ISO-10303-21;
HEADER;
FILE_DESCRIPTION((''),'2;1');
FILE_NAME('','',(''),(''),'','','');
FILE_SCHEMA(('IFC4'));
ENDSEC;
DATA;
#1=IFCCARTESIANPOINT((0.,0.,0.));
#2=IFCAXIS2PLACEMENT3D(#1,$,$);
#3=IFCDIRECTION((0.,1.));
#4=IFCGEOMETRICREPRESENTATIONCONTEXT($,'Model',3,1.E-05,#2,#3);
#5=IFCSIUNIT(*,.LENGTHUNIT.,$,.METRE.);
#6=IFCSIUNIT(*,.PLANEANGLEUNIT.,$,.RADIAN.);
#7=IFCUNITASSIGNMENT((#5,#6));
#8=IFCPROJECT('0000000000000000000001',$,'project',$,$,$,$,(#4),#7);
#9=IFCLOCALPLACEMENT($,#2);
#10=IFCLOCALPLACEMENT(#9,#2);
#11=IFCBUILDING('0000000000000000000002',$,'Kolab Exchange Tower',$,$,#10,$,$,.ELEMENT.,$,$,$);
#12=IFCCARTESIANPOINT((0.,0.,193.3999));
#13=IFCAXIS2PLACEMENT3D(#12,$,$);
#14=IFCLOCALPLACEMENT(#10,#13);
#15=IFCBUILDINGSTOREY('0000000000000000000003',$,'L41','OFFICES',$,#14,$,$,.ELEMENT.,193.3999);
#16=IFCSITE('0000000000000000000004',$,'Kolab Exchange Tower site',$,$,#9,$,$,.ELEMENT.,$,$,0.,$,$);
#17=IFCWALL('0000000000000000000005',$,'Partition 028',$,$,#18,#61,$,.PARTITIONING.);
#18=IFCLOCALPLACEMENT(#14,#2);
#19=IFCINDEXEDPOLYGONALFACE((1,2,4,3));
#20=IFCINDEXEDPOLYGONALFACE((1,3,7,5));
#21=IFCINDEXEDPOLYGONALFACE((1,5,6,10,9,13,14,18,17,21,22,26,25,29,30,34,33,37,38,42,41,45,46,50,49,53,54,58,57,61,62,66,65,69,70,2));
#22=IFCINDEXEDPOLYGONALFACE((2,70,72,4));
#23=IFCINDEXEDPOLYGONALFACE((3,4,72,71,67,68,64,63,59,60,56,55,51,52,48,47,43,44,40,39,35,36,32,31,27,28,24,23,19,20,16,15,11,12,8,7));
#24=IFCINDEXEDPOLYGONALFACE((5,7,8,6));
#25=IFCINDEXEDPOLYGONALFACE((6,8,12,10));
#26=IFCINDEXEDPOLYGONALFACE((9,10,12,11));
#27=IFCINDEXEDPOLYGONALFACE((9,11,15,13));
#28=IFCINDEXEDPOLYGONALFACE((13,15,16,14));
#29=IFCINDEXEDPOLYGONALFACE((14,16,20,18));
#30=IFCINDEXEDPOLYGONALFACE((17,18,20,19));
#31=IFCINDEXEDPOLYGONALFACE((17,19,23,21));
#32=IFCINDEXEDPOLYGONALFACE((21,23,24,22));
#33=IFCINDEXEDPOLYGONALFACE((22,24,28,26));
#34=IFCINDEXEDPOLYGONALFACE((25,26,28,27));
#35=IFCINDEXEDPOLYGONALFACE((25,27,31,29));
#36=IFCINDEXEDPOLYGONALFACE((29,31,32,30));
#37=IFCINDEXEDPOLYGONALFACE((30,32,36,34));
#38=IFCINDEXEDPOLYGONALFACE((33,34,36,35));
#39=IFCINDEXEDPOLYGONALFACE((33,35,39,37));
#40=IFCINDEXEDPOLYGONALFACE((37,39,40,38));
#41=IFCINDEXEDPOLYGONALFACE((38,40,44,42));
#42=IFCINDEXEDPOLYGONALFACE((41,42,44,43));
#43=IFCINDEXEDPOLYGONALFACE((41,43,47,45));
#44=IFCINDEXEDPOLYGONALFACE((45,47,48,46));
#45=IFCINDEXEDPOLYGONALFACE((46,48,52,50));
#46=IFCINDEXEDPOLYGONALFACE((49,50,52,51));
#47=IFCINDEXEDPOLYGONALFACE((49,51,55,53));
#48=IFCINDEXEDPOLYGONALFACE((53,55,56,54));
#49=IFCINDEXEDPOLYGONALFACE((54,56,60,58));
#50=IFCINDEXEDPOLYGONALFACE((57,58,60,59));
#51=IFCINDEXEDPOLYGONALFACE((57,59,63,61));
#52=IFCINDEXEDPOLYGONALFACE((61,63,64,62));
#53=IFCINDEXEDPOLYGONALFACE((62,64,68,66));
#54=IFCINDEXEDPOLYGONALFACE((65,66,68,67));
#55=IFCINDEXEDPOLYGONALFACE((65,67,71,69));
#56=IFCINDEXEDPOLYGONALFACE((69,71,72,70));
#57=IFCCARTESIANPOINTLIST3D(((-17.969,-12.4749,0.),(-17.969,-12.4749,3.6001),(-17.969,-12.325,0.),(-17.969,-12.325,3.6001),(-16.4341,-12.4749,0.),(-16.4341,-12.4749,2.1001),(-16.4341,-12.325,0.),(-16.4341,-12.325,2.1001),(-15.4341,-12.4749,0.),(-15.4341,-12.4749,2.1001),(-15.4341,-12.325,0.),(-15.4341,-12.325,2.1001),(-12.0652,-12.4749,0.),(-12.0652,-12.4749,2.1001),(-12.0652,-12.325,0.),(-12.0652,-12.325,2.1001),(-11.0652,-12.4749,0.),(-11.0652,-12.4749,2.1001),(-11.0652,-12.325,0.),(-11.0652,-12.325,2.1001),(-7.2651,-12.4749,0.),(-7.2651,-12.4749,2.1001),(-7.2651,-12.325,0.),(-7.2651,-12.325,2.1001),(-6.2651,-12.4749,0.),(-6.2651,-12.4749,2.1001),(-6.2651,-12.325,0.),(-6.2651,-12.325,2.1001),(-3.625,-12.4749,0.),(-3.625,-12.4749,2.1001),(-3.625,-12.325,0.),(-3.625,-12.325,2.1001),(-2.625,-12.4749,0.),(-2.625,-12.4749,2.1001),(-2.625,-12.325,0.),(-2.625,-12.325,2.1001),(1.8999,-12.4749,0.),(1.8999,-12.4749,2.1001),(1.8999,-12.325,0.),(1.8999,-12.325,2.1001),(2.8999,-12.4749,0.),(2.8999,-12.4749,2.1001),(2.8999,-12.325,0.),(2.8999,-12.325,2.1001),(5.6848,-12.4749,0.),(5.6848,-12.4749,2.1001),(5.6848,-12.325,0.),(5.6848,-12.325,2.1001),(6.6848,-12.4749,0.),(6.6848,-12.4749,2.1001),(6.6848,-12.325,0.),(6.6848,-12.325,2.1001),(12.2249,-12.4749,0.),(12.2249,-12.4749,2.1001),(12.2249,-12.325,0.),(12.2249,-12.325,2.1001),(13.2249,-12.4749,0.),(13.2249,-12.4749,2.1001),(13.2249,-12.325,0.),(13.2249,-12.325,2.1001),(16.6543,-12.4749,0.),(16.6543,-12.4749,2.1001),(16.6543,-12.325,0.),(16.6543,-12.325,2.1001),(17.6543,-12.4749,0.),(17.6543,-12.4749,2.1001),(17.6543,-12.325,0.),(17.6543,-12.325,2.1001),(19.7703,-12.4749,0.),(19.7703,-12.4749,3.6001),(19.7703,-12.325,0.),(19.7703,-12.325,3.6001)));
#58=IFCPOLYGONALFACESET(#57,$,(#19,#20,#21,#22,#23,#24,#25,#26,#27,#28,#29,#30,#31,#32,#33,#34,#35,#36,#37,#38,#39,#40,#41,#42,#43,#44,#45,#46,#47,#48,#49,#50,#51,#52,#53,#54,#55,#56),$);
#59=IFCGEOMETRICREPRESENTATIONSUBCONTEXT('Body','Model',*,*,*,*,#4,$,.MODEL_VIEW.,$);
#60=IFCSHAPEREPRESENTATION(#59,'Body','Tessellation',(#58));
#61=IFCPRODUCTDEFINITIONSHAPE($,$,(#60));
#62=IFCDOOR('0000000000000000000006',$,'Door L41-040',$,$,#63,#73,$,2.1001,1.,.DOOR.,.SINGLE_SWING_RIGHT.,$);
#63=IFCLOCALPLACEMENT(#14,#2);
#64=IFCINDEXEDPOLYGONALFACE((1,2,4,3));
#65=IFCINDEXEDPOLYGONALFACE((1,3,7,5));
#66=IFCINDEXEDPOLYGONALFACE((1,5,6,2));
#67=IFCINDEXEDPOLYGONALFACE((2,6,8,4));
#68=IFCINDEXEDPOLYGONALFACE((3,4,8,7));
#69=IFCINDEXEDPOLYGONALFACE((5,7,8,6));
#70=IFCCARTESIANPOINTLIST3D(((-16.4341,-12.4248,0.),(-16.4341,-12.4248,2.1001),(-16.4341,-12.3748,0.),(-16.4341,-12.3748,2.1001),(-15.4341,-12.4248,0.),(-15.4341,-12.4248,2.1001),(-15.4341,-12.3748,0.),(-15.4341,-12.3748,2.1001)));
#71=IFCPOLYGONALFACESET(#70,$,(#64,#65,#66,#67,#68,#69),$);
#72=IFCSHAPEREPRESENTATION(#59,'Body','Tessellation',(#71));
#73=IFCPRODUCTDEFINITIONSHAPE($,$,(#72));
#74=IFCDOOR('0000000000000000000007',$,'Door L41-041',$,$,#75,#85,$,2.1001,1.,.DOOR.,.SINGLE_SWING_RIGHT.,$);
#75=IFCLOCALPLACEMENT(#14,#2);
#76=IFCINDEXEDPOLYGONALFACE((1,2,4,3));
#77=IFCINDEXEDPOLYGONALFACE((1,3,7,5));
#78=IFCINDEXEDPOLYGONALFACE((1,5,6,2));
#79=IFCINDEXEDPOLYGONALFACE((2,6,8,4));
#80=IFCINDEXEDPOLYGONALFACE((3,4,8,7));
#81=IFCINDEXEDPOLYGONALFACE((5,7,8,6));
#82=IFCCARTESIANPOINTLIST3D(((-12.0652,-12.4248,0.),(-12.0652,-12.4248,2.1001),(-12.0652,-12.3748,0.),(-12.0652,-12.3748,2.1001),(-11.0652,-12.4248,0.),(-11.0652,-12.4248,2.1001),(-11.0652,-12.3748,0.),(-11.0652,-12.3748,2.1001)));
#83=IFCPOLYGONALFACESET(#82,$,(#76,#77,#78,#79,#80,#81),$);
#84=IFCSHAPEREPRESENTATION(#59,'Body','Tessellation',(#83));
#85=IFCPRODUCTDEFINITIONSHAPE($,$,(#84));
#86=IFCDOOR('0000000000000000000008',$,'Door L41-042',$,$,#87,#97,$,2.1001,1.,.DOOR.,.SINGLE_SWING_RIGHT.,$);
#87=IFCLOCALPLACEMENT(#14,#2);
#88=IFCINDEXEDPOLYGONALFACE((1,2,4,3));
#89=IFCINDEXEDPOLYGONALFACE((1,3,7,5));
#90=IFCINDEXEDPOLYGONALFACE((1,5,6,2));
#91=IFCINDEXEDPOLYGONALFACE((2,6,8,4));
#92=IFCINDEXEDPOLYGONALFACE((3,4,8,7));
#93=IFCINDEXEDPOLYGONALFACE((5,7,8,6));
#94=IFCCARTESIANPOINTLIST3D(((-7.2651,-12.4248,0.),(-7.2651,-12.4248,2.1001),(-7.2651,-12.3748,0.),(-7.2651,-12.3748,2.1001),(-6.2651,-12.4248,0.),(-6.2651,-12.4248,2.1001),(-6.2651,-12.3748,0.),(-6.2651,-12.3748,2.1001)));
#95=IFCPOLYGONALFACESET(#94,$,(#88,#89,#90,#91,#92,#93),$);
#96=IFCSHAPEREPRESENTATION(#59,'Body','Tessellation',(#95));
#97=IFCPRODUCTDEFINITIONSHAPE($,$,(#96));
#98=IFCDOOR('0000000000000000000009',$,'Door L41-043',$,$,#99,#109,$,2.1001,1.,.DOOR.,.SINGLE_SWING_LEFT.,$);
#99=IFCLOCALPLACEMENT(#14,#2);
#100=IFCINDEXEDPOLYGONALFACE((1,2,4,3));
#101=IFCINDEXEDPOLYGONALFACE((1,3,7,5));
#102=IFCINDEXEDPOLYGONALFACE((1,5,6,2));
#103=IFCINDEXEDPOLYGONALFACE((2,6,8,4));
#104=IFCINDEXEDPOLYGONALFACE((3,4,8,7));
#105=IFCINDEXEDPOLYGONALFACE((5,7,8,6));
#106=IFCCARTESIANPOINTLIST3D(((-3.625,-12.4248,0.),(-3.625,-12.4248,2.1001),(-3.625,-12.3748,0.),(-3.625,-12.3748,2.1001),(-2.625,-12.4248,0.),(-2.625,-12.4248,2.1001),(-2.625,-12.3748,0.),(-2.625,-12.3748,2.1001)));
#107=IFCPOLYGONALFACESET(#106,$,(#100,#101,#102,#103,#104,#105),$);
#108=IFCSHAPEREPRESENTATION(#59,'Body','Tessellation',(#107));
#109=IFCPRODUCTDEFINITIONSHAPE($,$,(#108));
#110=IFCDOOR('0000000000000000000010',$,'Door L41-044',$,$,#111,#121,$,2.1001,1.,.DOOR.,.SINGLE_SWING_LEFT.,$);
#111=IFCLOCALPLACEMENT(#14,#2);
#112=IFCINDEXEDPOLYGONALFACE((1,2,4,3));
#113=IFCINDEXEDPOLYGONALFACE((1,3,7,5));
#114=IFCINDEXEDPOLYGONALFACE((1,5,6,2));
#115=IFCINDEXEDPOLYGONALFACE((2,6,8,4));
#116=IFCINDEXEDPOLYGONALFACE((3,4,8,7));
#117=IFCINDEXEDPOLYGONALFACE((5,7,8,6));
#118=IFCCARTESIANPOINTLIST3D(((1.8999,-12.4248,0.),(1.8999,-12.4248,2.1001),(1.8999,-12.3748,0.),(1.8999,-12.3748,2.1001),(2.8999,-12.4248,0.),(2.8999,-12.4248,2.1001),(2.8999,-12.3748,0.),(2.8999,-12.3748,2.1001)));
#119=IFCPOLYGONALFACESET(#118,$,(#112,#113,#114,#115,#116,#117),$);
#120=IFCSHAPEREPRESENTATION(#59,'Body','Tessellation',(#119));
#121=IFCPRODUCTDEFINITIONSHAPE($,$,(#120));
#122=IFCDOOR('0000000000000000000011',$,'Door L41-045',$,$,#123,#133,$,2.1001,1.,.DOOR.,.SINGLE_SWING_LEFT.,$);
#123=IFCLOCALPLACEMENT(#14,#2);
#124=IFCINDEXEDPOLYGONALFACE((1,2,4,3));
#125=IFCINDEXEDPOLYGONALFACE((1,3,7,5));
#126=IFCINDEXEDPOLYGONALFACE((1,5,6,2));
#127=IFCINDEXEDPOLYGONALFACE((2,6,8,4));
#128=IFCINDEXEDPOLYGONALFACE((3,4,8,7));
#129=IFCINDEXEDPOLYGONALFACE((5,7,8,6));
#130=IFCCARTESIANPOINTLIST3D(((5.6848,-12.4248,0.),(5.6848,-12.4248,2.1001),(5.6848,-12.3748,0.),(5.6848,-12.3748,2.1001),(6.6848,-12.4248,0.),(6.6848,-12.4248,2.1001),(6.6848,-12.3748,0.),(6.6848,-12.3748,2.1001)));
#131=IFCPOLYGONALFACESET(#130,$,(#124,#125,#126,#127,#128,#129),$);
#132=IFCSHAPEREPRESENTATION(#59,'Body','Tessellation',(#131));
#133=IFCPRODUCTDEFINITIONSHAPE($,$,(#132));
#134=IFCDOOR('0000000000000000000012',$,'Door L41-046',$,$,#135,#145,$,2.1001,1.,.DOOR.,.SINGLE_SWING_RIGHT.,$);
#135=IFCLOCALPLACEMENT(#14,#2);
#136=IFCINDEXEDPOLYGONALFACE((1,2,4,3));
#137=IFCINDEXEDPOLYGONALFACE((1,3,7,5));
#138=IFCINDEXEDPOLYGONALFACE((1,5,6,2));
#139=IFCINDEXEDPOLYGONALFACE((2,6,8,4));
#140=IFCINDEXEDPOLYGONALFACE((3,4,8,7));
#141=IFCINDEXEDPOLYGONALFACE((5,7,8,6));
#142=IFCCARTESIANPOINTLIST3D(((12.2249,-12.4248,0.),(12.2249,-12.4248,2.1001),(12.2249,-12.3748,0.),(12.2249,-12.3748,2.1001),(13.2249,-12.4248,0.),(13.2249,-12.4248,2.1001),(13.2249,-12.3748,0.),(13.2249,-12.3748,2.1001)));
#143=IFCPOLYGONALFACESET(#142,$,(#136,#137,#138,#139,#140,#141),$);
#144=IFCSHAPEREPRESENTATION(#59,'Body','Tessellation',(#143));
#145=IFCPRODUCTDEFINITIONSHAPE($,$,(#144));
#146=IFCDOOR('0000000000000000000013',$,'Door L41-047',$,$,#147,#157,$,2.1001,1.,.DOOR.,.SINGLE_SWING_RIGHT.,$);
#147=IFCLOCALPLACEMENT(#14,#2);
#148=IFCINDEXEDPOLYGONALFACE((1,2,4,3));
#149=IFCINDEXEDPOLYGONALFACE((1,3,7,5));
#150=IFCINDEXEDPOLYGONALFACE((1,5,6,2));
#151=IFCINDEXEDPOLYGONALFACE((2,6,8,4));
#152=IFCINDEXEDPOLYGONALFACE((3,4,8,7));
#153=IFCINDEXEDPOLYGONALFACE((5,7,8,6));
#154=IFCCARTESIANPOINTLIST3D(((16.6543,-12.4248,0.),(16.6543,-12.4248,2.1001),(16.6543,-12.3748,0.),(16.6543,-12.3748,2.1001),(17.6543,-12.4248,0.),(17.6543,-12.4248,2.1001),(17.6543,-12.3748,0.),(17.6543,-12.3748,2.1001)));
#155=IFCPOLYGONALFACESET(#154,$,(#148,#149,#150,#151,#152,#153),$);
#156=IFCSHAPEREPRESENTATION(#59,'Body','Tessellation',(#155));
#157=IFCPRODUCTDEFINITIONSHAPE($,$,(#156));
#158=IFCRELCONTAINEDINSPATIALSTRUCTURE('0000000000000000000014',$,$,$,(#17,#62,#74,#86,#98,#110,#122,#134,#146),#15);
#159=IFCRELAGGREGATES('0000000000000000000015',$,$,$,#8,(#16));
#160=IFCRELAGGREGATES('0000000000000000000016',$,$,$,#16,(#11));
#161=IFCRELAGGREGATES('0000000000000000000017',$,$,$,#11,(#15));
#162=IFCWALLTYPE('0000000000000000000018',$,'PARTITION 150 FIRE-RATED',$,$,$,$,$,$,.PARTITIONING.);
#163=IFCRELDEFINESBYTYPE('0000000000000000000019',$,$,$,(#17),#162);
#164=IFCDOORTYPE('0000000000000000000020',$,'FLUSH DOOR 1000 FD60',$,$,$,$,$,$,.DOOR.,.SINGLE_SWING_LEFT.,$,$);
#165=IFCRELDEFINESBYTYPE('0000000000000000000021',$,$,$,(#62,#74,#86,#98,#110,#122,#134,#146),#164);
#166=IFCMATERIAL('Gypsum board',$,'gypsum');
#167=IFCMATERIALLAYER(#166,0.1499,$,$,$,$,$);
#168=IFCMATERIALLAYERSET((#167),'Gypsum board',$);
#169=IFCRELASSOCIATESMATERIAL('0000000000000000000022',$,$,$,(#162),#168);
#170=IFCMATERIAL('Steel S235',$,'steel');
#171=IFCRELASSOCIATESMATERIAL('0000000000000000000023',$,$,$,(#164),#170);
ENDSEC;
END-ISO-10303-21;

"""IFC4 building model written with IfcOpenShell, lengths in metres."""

from ifc_helpers import new_model, si_unit, direction, frame, frame_2d, origin, place, context, subcontext, project, spatial, rectangle, extrude, material, layer, layer_set, type_object, element, fill, save


model = new_model("IFC4")

# Units and contexts
model_context = context("Model", 3, precision=1e-05, world=origin(), true_north=direction((0.0, 1.0)))
body_context = subcontext(model_context, "Body", "Model", "MODEL_VIEW")
ifc_project = project(units=[si_unit("LENGTHUNIT", "METRE"), si_unit("PLANEANGLEUNIT", "RADIAN")], contexts=[model_context])

# Site, building, storey
site_placement = place(None, origin())
site = spatial("IfcSite", under=ifc_project, at=site_placement, Name="Kolab Exchange Tower site", CompositionType="ELEMENT", RefElevation=0.0)
building_placement = place(site_placement, origin())
building = spatial("IfcBuilding", under=site, at=building_placement, Name="Kolab Exchange Tower", CompositionType="ELEMENT")
storey_placement = place(building_placement, frame((0.0, 0.0, 193.3999)))
storey = spatial("IfcBuildingStorey", under=building, at=storey_placement, Name="L41", Description="OFFICES", CompositionType="ELEMENT", Elevation=193.3999)

# Shared definitions
ifc_material_1 = material(Name="Gypsum board", Category="gypsum")
ifc_layer_1 = layer(ifc_material_1, 0.1499)
ifc_layer_set_1 = layer_set([ifc_layer_1], Name="Gypsum board")
wall_type = type_object("IfcWallType", Name="PARTITION 150 FIRE-RATED", PredefinedType="PARTITIONING", material=ifc_layer_set_1)

# Wall, openings, doors
wall_1_placement = place(storey_placement, frame((-17.969, -12.3999, 0.0), z_axis=(0.0, 0.0, 1.0), x_axis=(1.0, 0.0, 0.0)))
wall_1 = element("IfcWall", 1, at=wall_1_placement, inside=storey, type_object=wall_type, Name="Partition 028", PredefinedType="PARTITIONING", context=body_context, shape_type="SweptSolid", body=[
    extrude(rectangle(XDim=37.7393, YDim=0.1499, at=frame_2d((18.8696, 0.0))), origin(), (0.0, 0.0, 1.0), 3.6001),
])
opening_1_placement = place(wall_1_placement, frame((1.5349, 0.0, 0.0)))
opening_1 = element("IfcOpeningElement", 2, at=opening_1_placement, cuts=wall_1, PredefinedType="OPENING", context=body_context, shape_type="SweptSolid", body=[
    extrude(rectangle(XDim=1.0, YDim=2.1001, at=frame_2d((0.5, 1.05))), frame((0.0, 0.085, 0.0), z_axis=(0.0, -1.0, 0.0), x_axis=(1.0, 0.0, 0.0)), (0.0, 0.0, 1.0), 0.1699),
])
opening_2_placement = place(wall_1_placement, frame((5.9038, 0.0, 0.0)))
opening_2 = element("IfcOpeningElement", 3, at=opening_2_placement, cuts=wall_1, PredefinedType="OPENING", context=body_context, shape_type="SweptSolid", body=[
    extrude(rectangle(XDim=1.0, YDim=2.1001, at=frame_2d((0.5, 1.05))), frame((0.0, 0.085, 0.0), z_axis=(0.0, -1.0, 0.0), x_axis=(1.0, 0.0, 0.0)), (0.0, 0.0, 1.0), 0.1699),
])
opening_3_placement = place(wall_1_placement, frame((10.7039, 0.0, 0.0)))
opening_3 = element("IfcOpeningElement", 4, at=opening_3_placement, cuts=wall_1, PredefinedType="OPENING", context=body_context, shape_type="SweptSolid", body=[
    extrude(rectangle(XDim=1.0, YDim=2.1001, at=frame_2d((0.5, 1.05))), frame((0.0, 0.085, 0.0), z_axis=(0.0, -1.0, 0.0), x_axis=(1.0, 0.0, 0.0)), (0.0, 0.0, 1.0), 0.1699),
])
opening_4_placement = place(wall_1_placement, frame((14.344, 0.0, 0.0)))
opening_4 = element("IfcOpeningElement", 5, at=opening_4_placement, cuts=wall_1, PredefinedType="OPENING", context=body_context, shape_type="SweptSolid", body=[
    extrude(rectangle(XDim=1.0, YDim=2.1001, at=frame_2d((0.5, 1.05))), frame((0.0, 0.085, 0.0), z_axis=(0.0, -1.0, 0.0), x_axis=(1.0, 0.0, 0.0)), (0.0, 0.0, 1.0), 0.1699),
])
opening_5_placement = place(wall_1_placement, frame((19.8689, 0.0, 0.0)))
opening_5 = element("IfcOpeningElement", 6, at=opening_5_placement, cuts=wall_1, PredefinedType="OPENING", context=body_context, shape_type="SweptSolid", body=[
    extrude(rectangle(XDim=1.0, YDim=2.1001, at=frame_2d((0.5, 1.05))), frame((0.0, 0.085, 0.0), z_axis=(0.0, -1.0, 0.0), x_axis=(1.0, 0.0, 0.0)), (0.0, 0.0, 1.0), 0.1699),
])
opening_6_placement = place(wall_1_placement, frame((23.6538, 0.0, 0.0)))
opening_6 = element("IfcOpeningElement", 7, at=opening_6_placement, cuts=wall_1, PredefinedType="OPENING", context=body_context, shape_type="SweptSolid", body=[
    extrude(rectangle(XDim=1.0, YDim=2.1001, at=frame_2d((0.5, 1.05))), frame((0.0, 0.085, 0.0), z_axis=(0.0, -1.0, 0.0), x_axis=(1.0, 0.0, 0.0)), (0.0, 0.0, 1.0), 0.1699),
])
opening_7_placement = place(wall_1_placement, frame((30.1938, 0.0, 0.0)))
opening_7 = element("IfcOpeningElement", 8, at=opening_7_placement, cuts=wall_1, PredefinedType="OPENING", context=body_context, shape_type="SweptSolid", body=[
    extrude(rectangle(XDim=1.0, YDim=2.1001, at=frame_2d((0.5, 1.05))), frame((0.0, 0.085, 0.0), z_axis=(0.0, -1.0, 0.0), x_axis=(1.0, 0.0, 0.0)), (0.0, 0.0, 1.0), 0.1699),
])
opening_8_placement = place(wall_1_placement, frame((34.6233, 0.0, 0.0)))
opening_8 = element("IfcOpeningElement", 9, at=opening_8_placement, cuts=wall_1, PredefinedType="OPENING", context=body_context, shape_type="SweptSolid", body=[
    extrude(rectangle(XDim=1.0, YDim=2.1001, at=frame_2d((0.5, 1.05))), frame((0.0, 0.085, 0.0), z_axis=(0.0, -1.0, 0.0), x_axis=(1.0, 0.0, 0.0)), (0.0, 0.0, 1.0), 0.1699),
])
ifc_material_2 = material(Name="Steel S235", Category="steel")
door_type_1 = type_object("IfcDoorType", Name="FLUSH DOOR 1000 FD60", OperationType="SINGLE_SWING_LEFT", PredefinedType="DOOR", material=ifc_material_2)
door_1_placement = place(opening_1_placement, frame((1.0, 0.0, 0.0), z_axis=(0.0, 0.0, 1.0), x_axis=(-1.0, 0.0, 0.0)))
door_1 = element("IfcDoor", 10, at=door_1_placement, inside=storey, type_object=door_type_1, Name="Door L41-040", OperationType="SINGLE_SWING_RIGHT", OverallHeight=2.1001, OverallWidth=1.0, PredefinedType="DOOR", context=body_context, shape_type="SweptSolid", body=[
    extrude(rectangle(XDim=1.0, YDim=2.1001, at=frame_2d((0.5, 1.05))), frame((0.0, 0.0249, 0.0), z_axis=(0.0, -1.0, 0.0), x_axis=(1.0, 0.0, 0.0)), (0.0, 0.0, 1.0), 0.05),
])
fill(opening_1, door_1)
door_2_placement = place(opening_2_placement, frame((1.0, 0.0, 0.0), z_axis=(0.0, 0.0, 1.0), x_axis=(-1.0, 0.0, 0.0)))
door_2 = element("IfcDoor", 11, at=door_2_placement, inside=storey, type_object=door_type_1, Name="Door L41-041", OperationType="SINGLE_SWING_RIGHT", OverallHeight=2.1001, OverallWidth=1.0, PredefinedType="DOOR", context=body_context, shape_type="SweptSolid", body=[
    extrude(rectangle(XDim=1.0, YDim=2.1001, at=frame_2d((0.5, 1.05))), frame((0.0, 0.0249, 0.0), z_axis=(0.0, -1.0, 0.0), x_axis=(1.0, 0.0, 0.0)), (0.0, 0.0, 1.0), 0.05),
])
fill(opening_2, door_2)
door_3_placement = place(opening_3_placement, frame((1.0, 0.0, 0.0), z_axis=(0.0, 0.0, 1.0), x_axis=(-1.0, 0.0, 0.0)))
door_3 = element("IfcDoor", 12, at=door_3_placement, inside=storey, type_object=door_type_1, Name="Door L41-042", OperationType="SINGLE_SWING_RIGHT", OverallHeight=2.1001, OverallWidth=1.0, PredefinedType="DOOR", context=body_context, shape_type="SweptSolid", body=[
    extrude(rectangle(XDim=1.0, YDim=2.1001, at=frame_2d((0.5, 1.05))), frame((0.0, 0.0249, 0.0), z_axis=(0.0, -1.0, 0.0), x_axis=(1.0, 0.0, 0.0)), (0.0, 0.0, 1.0), 0.05),
])
fill(opening_3, door_3)
door_4_placement = place(opening_4_placement, frame((1.0, 0.0, 0.0), z_axis=(0.0, 0.0, 1.0), x_axis=(-1.0, 0.0, 0.0)))
door_4 = element("IfcDoor", 13, at=door_4_placement, inside=storey, type_object=door_type_1, Name="Door L41-043", OperationType="SINGLE_SWING_LEFT", OverallHeight=2.1001, OverallWidth=1.0, PredefinedType="DOOR", context=body_context, shape_type="SweptSolid", body=[
    extrude(rectangle(XDim=1.0, YDim=2.1001, at=frame_2d((0.5, 1.05))), frame((0.0, 0.0249, 0.0), z_axis=(0.0, -1.0, 0.0), x_axis=(1.0, 0.0, 0.0)), (0.0, 0.0, 1.0), 0.05),
])
fill(opening_4, door_4)
door_5_placement = place(opening_5_placement, frame((1.0, 0.0, 0.0), z_axis=(0.0, 0.0, 1.0), x_axis=(-1.0, 0.0, 0.0)))
door_5 = element("IfcDoor", 14, at=door_5_placement, inside=storey, type_object=door_type_1, Name="Door L41-044", OperationType="SINGLE_SWING_LEFT", OverallHeight=2.1001, OverallWidth=1.0, PredefinedType="DOOR", context=body_context, shape_type="SweptSolid", body=[
    extrude(rectangle(XDim=1.0, YDim=2.1001, at=frame_2d((0.5, 1.05))), frame((0.0, 0.0249, 0.0), z_axis=(0.0, -1.0, 0.0), x_axis=(1.0, 0.0, 0.0)), (0.0, 0.0, 1.0), 0.05),
])
fill(opening_5, door_5)
door_6_placement = place(opening_6_placement, frame((1.0, 0.0, 0.0), z_axis=(0.0, 0.0, 1.0), x_axis=(-1.0, 0.0, 0.0)))
door_6 = element("IfcDoor", 15, at=door_6_placement, inside=storey, type_object=door_type_1, Name="Door L41-045", OperationType="SINGLE_SWING_LEFT", OverallHeight=2.1001, OverallWidth=1.0, PredefinedType="DOOR", context=body_context, shape_type="SweptSolid", body=[
    extrude(rectangle(XDim=1.0, YDim=2.1001, at=frame_2d((0.5, 1.05))), frame((0.0, 0.0249, 0.0), z_axis=(0.0, -1.0, 0.0), x_axis=(1.0, 0.0, 0.0)), (0.0, 0.0, 1.0), 0.05),
])
fill(opening_6, door_6)
door_7_placement = place(opening_7_placement, frame((1.0, 0.0, 0.0), z_axis=(0.0, 0.0, 1.0), x_axis=(-1.0, 0.0, 0.0)))
door_7 = element("IfcDoor", 16, at=door_7_placement, inside=storey, type_object=door_type_1, Name="Door L41-046", OperationType="SINGLE_SWING_RIGHT", OverallHeight=2.1001, OverallWidth=1.0, PredefinedType="DOOR", context=body_context, shape_type="SweptSolid", body=[
    extrude(rectangle(XDim=1.0, YDim=2.1001, at=frame_2d((0.5, 1.05))), frame((0.0, 0.0249, 0.0), z_axis=(0.0, -1.0, 0.0), x_axis=(1.0, 0.0, 0.0)), (0.0, 0.0, 1.0), 0.05),
])
fill(opening_7, door_7)
door_8_placement = place(opening_8_placement, frame((1.0, 0.0, 0.0), z_axis=(0.0, 0.0, 1.0), x_axis=(-1.0, 0.0, 0.0)))
door_8 = element("IfcDoor", 17, at=door_8_placement, inside=storey, type_object=door_type_1, Name="Door L41-047", OperationType="SINGLE_SWING_RIGHT", OverallHeight=2.1001, OverallWidth=1.0, PredefinedType="DOOR", context=body_context, shape_type="SweptSolid", body=[
    extrude(rectangle(XDim=1.0, YDim=2.1001, at=frame_2d((0.5, 1.05))), frame((0.0, 0.0249, 0.0), z_axis=(0.0, -1.0, 0.0), x_axis=(1.0, 0.0, 0.0)), (0.0, 0.0, 1.0), 0.05),
])
fill(opening_8, door_8)

save(model, "model.ifc")
